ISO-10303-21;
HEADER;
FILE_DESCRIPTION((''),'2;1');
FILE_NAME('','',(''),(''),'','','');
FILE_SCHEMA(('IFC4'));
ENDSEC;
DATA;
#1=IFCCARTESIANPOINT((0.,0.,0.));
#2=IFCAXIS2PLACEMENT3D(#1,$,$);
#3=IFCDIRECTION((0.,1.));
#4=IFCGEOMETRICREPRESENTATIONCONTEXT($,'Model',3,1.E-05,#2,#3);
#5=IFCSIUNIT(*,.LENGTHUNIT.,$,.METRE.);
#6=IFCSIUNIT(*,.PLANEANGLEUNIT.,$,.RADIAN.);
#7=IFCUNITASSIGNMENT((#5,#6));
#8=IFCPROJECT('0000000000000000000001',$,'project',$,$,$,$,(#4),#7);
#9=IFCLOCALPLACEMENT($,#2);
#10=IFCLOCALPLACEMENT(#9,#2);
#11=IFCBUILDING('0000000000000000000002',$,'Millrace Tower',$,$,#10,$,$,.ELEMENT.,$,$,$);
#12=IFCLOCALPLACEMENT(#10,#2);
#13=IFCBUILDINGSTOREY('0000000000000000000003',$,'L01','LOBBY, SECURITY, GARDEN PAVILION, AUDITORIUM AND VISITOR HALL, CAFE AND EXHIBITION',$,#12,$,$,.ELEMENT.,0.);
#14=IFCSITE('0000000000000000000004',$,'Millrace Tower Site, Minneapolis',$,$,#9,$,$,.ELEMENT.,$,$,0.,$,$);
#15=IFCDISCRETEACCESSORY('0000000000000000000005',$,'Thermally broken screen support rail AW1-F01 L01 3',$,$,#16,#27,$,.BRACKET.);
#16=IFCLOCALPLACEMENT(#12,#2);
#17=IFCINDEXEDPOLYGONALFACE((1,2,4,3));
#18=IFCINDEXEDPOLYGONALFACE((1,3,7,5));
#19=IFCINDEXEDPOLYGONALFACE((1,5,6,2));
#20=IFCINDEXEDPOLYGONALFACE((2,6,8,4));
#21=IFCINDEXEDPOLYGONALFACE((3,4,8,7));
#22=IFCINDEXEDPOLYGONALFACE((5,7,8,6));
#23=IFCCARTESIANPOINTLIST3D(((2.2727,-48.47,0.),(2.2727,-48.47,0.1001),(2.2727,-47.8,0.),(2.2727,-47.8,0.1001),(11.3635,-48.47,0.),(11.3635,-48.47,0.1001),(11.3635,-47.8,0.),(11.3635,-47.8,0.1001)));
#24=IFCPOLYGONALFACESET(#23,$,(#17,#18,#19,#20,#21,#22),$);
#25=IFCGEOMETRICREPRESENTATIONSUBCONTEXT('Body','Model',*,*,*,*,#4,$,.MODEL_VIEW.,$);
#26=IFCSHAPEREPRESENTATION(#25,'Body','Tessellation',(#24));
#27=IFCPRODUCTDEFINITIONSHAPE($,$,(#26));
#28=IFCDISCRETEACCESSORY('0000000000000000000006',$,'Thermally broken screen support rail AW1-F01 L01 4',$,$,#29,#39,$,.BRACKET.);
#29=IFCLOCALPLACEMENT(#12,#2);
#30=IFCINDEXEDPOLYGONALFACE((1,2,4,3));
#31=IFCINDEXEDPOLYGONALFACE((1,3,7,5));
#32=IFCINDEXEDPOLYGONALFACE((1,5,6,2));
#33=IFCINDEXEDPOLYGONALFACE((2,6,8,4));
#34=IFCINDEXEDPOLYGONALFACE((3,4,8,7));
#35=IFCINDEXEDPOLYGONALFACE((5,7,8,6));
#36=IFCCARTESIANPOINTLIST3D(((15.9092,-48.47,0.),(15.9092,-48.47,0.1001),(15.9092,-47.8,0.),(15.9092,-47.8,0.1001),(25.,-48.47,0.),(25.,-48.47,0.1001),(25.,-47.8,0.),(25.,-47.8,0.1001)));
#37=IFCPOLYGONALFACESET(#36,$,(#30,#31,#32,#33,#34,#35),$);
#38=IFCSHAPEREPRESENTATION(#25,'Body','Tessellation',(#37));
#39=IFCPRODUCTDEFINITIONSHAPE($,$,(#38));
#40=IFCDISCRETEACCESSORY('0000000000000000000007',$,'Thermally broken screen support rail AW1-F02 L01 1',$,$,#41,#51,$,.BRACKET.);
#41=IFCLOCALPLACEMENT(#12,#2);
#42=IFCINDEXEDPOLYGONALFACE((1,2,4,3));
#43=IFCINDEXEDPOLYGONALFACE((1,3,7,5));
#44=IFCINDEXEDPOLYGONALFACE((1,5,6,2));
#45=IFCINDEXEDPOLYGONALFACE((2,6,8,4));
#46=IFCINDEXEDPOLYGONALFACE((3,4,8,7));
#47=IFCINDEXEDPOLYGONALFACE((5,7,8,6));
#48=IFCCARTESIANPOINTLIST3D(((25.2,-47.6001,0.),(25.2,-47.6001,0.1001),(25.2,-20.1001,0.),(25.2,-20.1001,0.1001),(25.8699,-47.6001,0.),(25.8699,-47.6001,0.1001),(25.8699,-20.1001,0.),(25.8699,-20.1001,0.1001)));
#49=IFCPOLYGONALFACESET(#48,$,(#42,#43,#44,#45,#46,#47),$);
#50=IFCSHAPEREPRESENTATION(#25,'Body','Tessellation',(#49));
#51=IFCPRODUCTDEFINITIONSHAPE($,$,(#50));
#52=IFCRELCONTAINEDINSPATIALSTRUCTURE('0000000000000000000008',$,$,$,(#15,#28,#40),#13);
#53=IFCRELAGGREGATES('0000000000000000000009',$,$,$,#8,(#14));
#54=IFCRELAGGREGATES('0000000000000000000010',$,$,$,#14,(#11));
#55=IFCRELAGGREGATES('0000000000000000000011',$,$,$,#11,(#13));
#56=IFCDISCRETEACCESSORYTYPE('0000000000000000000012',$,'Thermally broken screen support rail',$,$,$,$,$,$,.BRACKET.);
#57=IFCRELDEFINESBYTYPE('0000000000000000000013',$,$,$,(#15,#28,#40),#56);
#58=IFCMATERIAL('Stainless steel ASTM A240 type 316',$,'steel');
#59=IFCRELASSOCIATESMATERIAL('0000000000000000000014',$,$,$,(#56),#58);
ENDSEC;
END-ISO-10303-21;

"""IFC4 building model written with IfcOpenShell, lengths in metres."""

from ifc_helpers import new_model, si_unit, direction, frame, origin, origin_2d, place, context, subcontext, project, spatial, rectangle, extrude, material, type_object, element, save


model = new_model("IFC4")

# Units and contexts
model_context = context("Model", 3, precision=1e-05, world=origin(), true_north=direction((0.0, 1.0)))
body_context = subcontext(model_context, "Body", "Model", "MODEL_VIEW")
ifc_project = project(units=[si_unit("LENGTHUNIT", "METRE"), si_unit("PLANEANGLEUNIT", "RADIAN")], contexts=[model_context])

# Site, building, storey
site_placement = place(None, origin())
site = spatial("IfcSite", under=ifc_project, at=site_placement, Name="Millrace Tower Site, Minneapolis", CompositionType="ELEMENT", RefElevation=0.0)
building_placement = place(site_placement, origin())
building = spatial("IfcBuilding", under=site, at=building_placement, Name="Millrace Tower", CompositionType="ELEMENT")
storey_placement = place(building_placement, origin())
storey = spatial("IfcBuildingStorey", under=building, at=storey_placement, Name="L01", Description="LOBBY, SECURITY, GARDEN PAVILION, AUDITORIUM AND VISITOR HALL, CAFE AND EXHIBITION", CompositionType="ELEMENT", Elevation=0.0)

# Discrete accessories
ifc_material_1 = material(Name="Stainless steel ASTM A240 type 316", Category="steel")
discrete_accessory_type = type_object("IfcDiscreteAccessoryType", Name="Thermally broken screen support rail", PredefinedType="BRACKET", material=ifc_material_1)
for number, where, z_axis, x_axis, name in (
    (1, (6.8181, -48.135, 0.0), (0.0, 0.0, 1.0), (1.0, 0.0, 0.0), "Thermally broken screen support rail AW1-F01 L01 3"),
    (2, (20.4546, -48.135, 0.0), (0.0, 0.0, 1.0), (1.0, 0.0, 0.0), "Thermally broken screen support rail AW1-F01 L01 4"),
):
    element("IfcDiscreteAccessory", number, at=place(storey_placement, frame(where, z_axis=z_axis, x_axis=x_axis)), inside=storey, type_object=discrete_accessory_type, Name=name, PredefinedType="BRACKET", context=body_context, shape_type="SweptSolid", body=[
        extrude(rectangle(XDim=9.0908, YDim=0.6699, at=origin_2d()), origin(), (0.0, 0.0, 1.0), 0.1001),
    ])
discrete_accessory_placement = place(storey_placement, frame((25.5349, -33.8501, 0.0), z_axis=(0.0, 0.0, 1.0), x_axis=(0.0, 1.0, 0.0)))
element("IfcDiscreteAccessory", 3, at=discrete_accessory_placement, inside=storey, type_object=discrete_accessory_type, Name="Thermally broken screen support rail AW1-F02 L01 1", PredefinedType="BRACKET", context=body_context, shape_type="SweptSolid", body=[
    extrude(rectangle(XDim=27.5, YDim=0.6699, at=origin_2d()), origin(), (0.0, 0.0, 1.0), 0.1001),
])

save(model, "model.ifc")
